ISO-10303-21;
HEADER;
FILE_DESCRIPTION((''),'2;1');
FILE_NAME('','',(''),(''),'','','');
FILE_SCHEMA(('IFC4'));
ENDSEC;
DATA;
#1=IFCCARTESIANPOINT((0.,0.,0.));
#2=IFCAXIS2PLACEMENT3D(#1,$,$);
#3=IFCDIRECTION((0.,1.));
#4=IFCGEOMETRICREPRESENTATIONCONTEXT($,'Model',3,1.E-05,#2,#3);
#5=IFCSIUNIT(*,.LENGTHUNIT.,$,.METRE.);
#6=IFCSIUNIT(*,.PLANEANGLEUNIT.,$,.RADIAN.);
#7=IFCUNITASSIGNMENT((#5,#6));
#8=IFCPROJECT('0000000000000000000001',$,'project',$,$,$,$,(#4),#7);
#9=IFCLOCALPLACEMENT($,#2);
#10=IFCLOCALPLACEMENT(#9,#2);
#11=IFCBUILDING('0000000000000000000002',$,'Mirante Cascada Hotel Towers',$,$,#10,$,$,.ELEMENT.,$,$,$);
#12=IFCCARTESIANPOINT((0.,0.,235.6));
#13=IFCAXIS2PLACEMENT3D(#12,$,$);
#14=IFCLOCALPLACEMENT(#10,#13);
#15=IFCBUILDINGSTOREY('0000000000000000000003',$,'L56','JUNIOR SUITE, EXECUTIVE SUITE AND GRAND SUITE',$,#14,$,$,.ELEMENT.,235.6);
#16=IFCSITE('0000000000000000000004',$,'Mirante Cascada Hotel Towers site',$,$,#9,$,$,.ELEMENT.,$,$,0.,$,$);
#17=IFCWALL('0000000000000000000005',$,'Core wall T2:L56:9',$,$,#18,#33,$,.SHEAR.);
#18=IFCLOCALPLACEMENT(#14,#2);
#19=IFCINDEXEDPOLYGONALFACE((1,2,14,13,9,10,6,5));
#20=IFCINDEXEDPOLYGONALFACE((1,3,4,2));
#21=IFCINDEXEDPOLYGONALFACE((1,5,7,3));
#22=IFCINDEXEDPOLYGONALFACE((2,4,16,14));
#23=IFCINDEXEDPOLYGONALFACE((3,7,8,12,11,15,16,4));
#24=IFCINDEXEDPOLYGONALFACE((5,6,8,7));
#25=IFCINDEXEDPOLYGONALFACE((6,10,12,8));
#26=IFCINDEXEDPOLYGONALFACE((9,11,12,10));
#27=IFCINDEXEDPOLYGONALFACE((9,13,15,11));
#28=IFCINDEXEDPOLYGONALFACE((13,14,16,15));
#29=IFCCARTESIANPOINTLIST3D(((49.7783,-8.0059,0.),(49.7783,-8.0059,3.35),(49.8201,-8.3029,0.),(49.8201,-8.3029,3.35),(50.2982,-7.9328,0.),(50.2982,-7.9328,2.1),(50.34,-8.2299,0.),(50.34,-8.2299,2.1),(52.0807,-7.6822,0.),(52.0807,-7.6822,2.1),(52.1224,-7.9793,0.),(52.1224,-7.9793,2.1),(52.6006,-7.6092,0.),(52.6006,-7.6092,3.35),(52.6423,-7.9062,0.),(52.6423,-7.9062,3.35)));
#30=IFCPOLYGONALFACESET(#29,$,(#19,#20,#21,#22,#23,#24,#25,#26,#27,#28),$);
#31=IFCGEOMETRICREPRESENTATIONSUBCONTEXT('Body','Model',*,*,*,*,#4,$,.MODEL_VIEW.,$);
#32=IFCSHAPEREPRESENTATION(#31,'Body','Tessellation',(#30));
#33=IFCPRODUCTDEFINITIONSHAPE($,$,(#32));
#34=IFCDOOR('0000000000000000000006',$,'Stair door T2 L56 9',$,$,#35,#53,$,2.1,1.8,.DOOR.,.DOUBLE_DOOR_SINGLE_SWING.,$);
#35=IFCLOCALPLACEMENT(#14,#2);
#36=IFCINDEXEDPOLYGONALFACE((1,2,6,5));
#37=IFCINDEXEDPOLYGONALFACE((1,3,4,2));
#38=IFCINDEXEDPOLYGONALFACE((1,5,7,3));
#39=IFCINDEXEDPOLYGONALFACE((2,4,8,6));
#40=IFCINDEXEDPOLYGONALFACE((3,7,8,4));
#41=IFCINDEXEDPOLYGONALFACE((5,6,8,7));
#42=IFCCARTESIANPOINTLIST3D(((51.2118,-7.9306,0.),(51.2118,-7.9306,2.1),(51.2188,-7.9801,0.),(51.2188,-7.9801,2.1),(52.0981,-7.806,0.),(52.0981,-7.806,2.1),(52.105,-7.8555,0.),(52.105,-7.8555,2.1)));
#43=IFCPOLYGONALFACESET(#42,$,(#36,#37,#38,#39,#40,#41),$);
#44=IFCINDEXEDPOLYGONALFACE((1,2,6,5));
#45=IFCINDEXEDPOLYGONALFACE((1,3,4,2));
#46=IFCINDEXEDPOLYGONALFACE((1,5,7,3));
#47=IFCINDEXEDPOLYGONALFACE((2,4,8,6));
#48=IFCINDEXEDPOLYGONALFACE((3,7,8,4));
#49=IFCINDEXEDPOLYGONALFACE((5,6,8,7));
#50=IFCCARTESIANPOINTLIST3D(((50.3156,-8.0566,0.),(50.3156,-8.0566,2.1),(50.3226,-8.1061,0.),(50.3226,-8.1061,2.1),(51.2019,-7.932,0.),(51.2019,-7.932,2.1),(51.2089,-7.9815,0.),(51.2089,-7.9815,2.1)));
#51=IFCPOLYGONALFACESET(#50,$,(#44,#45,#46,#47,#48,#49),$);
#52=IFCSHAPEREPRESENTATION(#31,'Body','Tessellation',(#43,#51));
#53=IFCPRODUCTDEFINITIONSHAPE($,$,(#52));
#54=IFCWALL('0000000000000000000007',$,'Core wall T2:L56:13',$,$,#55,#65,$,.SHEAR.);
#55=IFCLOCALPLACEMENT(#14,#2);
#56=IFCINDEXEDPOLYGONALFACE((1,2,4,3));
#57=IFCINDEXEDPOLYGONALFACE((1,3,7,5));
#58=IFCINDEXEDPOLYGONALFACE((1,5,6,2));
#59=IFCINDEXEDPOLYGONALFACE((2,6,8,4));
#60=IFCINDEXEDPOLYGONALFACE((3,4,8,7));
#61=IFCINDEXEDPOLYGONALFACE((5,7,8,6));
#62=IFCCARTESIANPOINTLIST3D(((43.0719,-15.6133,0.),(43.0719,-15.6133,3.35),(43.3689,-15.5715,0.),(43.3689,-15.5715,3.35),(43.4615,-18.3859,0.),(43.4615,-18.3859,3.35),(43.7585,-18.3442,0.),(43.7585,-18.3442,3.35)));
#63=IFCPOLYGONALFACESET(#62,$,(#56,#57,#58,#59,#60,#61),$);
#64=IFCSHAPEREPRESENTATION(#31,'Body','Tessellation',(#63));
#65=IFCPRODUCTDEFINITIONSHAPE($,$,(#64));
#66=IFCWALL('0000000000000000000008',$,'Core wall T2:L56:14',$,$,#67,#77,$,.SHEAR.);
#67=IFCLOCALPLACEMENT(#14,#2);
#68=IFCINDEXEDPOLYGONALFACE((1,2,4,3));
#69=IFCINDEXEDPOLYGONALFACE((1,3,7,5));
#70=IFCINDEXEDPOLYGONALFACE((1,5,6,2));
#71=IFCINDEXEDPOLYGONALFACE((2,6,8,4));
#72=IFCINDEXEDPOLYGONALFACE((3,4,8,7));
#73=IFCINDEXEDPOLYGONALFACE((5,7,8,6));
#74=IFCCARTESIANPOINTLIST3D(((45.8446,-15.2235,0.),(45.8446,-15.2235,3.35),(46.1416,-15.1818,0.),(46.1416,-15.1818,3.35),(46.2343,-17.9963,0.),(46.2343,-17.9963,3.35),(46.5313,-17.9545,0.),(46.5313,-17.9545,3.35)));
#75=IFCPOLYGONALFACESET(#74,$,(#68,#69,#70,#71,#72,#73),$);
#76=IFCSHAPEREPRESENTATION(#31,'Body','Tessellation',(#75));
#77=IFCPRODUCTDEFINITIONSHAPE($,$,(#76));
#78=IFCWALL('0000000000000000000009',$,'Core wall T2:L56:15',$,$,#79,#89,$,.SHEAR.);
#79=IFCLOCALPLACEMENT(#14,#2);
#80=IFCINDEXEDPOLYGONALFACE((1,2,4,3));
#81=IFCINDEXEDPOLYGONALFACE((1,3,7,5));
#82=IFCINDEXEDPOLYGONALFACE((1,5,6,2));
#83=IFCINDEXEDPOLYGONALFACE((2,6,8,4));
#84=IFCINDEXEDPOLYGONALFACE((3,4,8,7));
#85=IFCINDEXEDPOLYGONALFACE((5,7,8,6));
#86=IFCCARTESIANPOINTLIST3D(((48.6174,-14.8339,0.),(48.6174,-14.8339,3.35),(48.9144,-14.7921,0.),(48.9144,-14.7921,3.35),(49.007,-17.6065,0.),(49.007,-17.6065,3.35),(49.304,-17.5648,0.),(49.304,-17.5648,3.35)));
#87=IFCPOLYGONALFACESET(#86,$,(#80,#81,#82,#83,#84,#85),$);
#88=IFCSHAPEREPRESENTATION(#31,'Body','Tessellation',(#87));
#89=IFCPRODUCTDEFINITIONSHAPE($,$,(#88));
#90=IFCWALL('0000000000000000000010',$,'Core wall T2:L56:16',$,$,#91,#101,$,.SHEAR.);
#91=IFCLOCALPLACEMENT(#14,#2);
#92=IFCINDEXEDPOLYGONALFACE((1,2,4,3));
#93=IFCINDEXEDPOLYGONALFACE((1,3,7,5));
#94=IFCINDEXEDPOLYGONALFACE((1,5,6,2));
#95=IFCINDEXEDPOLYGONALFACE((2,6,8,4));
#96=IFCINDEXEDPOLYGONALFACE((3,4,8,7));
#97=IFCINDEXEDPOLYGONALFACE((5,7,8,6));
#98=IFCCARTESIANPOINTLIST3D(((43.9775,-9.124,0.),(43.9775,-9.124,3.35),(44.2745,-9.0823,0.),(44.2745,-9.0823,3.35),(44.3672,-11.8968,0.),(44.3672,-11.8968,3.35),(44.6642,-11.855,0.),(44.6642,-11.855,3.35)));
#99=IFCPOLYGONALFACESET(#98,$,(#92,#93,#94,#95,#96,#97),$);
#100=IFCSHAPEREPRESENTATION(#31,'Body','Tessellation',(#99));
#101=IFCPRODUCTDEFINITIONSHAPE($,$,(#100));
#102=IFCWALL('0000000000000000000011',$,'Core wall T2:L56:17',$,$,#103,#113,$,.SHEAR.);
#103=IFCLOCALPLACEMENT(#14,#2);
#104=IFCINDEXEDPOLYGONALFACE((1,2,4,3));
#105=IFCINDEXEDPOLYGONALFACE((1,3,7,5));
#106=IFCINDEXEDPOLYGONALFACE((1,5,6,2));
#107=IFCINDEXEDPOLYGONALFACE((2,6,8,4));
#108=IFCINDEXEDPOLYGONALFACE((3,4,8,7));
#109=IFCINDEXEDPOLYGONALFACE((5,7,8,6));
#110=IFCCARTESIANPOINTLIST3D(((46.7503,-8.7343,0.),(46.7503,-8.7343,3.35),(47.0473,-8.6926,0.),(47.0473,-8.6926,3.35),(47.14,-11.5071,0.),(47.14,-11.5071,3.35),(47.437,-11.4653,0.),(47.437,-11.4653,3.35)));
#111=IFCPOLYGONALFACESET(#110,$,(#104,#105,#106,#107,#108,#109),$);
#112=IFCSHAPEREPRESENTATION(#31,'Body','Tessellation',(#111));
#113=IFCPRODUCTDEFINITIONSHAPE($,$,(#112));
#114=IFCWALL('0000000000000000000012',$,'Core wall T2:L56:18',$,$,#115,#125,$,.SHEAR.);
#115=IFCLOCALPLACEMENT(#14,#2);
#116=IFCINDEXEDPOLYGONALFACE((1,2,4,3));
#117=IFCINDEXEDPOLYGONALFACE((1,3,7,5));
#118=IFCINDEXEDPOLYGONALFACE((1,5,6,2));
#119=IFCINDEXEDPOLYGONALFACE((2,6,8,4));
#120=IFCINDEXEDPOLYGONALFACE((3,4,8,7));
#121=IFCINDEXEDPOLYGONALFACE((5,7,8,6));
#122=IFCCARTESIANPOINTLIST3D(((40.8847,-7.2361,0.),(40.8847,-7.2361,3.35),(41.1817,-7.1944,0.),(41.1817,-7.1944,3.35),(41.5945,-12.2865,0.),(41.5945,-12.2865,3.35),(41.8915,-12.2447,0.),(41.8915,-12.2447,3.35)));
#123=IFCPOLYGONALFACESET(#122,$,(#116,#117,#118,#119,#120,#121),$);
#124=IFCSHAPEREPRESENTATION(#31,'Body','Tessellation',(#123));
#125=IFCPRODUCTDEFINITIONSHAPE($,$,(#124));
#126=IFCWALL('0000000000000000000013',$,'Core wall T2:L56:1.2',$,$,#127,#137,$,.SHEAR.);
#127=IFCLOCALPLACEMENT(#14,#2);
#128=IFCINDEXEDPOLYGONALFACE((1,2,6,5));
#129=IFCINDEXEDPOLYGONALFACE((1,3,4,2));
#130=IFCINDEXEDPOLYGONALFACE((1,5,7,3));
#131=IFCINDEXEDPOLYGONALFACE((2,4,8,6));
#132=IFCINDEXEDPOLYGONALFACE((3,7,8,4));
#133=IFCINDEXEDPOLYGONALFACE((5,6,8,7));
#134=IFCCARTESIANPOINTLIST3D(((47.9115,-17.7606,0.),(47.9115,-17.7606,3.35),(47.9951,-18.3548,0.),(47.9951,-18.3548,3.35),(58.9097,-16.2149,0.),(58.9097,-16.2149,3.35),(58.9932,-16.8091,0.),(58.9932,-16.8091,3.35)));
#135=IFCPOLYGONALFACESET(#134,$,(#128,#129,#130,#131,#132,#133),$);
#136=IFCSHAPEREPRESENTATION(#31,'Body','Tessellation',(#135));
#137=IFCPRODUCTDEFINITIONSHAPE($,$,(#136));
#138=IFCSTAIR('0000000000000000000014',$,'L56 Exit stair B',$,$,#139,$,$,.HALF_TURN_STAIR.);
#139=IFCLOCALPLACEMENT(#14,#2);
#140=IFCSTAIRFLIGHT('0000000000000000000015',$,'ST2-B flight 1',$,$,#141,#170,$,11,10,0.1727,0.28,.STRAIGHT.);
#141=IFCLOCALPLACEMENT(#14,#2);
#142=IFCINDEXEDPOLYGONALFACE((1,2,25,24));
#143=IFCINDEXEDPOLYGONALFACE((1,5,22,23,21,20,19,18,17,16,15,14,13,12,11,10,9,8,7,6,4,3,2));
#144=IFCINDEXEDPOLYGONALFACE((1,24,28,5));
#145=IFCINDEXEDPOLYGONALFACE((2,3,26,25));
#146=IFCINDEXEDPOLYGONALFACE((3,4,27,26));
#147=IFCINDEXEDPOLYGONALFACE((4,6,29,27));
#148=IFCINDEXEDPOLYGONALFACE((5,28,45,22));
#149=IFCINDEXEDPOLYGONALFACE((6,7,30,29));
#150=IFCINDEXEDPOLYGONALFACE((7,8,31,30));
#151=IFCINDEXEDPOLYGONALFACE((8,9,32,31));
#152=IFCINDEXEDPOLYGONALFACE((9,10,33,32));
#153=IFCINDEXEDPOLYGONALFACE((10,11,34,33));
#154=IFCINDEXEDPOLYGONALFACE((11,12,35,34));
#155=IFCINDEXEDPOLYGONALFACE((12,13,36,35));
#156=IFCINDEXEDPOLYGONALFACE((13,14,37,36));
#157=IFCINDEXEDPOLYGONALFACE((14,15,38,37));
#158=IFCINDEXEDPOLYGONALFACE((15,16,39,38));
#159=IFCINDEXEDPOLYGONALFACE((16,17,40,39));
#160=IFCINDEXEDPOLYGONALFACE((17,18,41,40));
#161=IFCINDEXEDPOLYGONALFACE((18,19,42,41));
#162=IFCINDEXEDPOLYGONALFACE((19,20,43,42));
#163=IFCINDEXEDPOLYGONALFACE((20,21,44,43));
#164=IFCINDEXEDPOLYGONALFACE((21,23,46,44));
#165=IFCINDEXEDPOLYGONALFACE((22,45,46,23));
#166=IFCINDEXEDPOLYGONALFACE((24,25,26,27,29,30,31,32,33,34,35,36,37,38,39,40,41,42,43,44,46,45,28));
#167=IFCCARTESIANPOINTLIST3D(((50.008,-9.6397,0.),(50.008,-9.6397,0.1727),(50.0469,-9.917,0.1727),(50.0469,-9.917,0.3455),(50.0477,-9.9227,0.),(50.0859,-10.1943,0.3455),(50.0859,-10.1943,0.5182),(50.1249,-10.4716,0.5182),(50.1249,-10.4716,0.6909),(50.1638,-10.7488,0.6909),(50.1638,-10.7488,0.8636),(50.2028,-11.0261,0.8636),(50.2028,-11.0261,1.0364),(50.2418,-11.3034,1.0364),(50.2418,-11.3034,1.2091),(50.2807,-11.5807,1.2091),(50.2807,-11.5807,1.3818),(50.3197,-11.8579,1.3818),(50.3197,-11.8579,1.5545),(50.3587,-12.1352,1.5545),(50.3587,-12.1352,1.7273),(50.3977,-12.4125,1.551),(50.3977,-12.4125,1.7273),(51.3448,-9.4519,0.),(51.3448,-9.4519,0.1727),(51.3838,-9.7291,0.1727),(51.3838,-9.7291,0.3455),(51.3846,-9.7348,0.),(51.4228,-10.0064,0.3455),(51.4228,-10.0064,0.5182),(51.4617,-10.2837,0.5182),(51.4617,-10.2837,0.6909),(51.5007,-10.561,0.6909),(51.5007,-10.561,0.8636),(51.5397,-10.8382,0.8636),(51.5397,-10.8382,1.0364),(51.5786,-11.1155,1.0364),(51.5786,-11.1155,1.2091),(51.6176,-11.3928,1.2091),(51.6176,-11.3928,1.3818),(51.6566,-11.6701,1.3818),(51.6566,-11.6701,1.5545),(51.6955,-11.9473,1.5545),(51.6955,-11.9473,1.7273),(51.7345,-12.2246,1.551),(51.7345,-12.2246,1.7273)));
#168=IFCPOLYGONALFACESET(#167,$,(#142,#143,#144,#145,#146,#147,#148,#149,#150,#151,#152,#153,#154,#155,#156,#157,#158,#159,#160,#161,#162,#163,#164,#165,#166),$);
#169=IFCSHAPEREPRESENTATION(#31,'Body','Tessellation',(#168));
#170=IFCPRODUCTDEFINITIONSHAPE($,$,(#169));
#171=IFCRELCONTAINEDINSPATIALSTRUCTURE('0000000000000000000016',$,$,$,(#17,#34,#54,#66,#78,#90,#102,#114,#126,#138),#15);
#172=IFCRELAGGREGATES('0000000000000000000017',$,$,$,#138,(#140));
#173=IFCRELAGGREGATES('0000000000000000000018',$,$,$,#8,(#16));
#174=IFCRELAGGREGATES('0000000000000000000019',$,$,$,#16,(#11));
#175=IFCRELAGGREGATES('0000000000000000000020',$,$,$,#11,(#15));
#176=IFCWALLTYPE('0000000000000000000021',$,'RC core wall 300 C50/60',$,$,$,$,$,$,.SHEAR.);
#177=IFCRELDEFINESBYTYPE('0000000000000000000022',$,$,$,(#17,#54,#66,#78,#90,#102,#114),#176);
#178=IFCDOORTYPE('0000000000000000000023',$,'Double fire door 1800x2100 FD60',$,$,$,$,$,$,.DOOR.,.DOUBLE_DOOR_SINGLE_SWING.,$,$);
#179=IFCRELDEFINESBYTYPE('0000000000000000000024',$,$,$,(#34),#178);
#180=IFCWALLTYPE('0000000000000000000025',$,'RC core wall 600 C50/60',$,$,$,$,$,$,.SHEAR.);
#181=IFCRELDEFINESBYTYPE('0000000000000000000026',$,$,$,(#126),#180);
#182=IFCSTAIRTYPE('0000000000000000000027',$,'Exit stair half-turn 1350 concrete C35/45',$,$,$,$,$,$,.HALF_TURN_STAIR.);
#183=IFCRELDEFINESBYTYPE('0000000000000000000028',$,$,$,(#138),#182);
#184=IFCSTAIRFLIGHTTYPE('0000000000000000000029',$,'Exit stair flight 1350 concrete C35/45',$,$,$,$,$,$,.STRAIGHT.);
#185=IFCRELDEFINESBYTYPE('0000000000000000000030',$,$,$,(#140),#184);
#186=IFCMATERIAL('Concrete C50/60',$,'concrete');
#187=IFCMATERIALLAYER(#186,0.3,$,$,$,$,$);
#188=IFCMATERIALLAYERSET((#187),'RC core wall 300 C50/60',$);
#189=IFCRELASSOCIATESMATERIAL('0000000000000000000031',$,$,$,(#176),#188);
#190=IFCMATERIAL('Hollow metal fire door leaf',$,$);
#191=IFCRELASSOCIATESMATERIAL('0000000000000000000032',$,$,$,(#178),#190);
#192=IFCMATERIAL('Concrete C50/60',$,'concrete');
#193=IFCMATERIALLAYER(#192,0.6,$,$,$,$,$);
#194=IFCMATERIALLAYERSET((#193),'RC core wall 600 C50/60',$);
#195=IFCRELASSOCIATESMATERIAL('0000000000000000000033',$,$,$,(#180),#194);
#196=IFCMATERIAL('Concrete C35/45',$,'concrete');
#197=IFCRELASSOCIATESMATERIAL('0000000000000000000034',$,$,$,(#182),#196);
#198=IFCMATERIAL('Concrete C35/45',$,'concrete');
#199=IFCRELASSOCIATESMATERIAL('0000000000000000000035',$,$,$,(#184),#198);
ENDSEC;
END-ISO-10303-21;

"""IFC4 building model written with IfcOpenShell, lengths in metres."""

from ifc_helpers import new_model, si_unit, direction, frame, frame_2d, origin, place, context, subcontext, project, spatial, polyline, rectangle, outline, extrude, material, layer, layer_set, type_object, element, fill, aggregate, save


model = new_model("IFC4")

# Units and contexts
model_context = context("Model", 3, precision=1e-05, world=origin(), true_north=direction((0.0, 1.0)))
body_context = subcontext(model_context, "Body", "Model", "MODEL_VIEW")
ifc_project = project(units=[si_unit("LENGTHUNIT", "METRE"), si_unit("PLANEANGLEUNIT", "RADIAN")], contexts=[model_context])

# Site, building, storey
site_placement = place(None, origin())
site = spatial("IfcSite", under=ifc_project, at=site_placement, Name="Mirante Cascada Hotel Towers site", CompositionType="ELEMENT", RefElevation=0.0)
building_placement = place(site_placement, origin())
building = spatial("IfcBuilding", under=site, at=building_placement, Name="Mirante Cascada Hotel Towers", CompositionType="ELEMENT")
storey_placement = place(building_placement, frame((0.0, 0.0, 235.6)))
storey = spatial("IfcBuildingStorey", under=building, at=storey_placement, Name="L56", Description="JUNIOR SUITE, EXECUTIVE SUITE AND GRAND SUITE", CompositionType="ELEMENT", Elevation=235.6)

# Shared definitions
ifc_material_1 = material(Name="Concrete C50/60", Category="concrete")
ifc_layer_1 = layer(ifc_material_1, 0.3)
ifc_layer_set_1 = layer_set([ifc_layer_1], Name="RC core wall 300 C50/60")
wall_type_1 = type_object("IfcWallType", Name="RC core wall 300 C50/60", PredefinedType="SHEAR", material=ifc_layer_set_1)

# Wall, opening, door
wall_1_placement = place(storey_placement, frame((49.7992, -8.1544, 0.0), z_axis=(0.0, 0.0, 1.0), x_axis=(0.990266, 0.139191, 0.0)))
wall_1 = element("IfcWall", 1, at=wall_1_placement, inside=storey, type_object=wall_type_1, Name="Core wall T2:L56:9", PredefinedType="SHEAR", context=body_context, shape_type="SweptSolid", body=[
    extrude(rectangle(XDim=2.85, YDim=0.3, at=frame_2d((1.425, 0.0))), origin(), (0.0, 0.0, 1.0), 3.35),
])
opening_1_placement = place(wall_1_placement, frame((0.525, 0.0, 0.0)))
opening_1 = element("IfcOpeningElement", 2, at=opening_1_placement, cuts=wall_1, PredefinedType="OPENING", context=body_context, shape_type="SweptSolid", body=[
    extrude(rectangle(XDim=1.8, YDim=2.1, at=frame_2d((0.9, 1.05))), frame((0.0, 0.15, 0.0), z_axis=(0.0, -1.0, 0.0), x_axis=(1.0, 0.0, 0.0)), (0.0, 0.0, 1.0), 0.3),
])
ifc_material_2 = material(Name="Hollow metal fire door leaf")
door_type_1 = type_object("IfcDoorType", Name="Double fire door 1800x2100 FD60", OperationType="DOUBLE_DOOR_SINGLE_SWING", PredefinedType="DOOR", material=ifc_material_2)
door_1_placement = place(opening_1_placement, frame((1.8, 0.0, 0.0), z_axis=(0.0, 0.0, 1.0), x_axis=(-1.0, 0.0, 0.0)))
door_1 = element("IfcDoor", 3, at=door_1_placement, inside=storey, type_object=door_type_1, Name="Stair door T2 L56 9", OperationType="DOUBLE_DOOR_SINGLE_SWING", OverallHeight=2.1, OverallWidth=1.8, PredefinedType="DOOR", context=body_context, shape_type="SweptSolid", body=[
    extrude(rectangle(XDim=0.895, YDim=2.1, at=frame_2d((0.4475, 1.05))), frame((0.0, 0.025, 0.0), z_axis=(0.0, -1.0, 0.0), x_axis=(1.0, 0.0, 0.0)), (0.0, 0.0, 1.0), 0.05),
    extrude(rectangle(XDim=0.895, YDim=2.1, at=frame_2d((1.3525, 1.05))), frame((0.0, 0.025, 0.0), z_axis=(0.0, -1.0, 0.0), x_axis=(1.0, 0.0, 0.0)), (0.0, 0.0, 1.0), 0.05),
])
fill(opening_1, door_1)

# Walls
wall_2_placement = place(storey_placement, frame((43.61, -18.3651, 0.0), z_axis=(0.0, 0.0, 1.0), x_axis=(-0.139146, 0.990272, 0.0)))
element("IfcWall", 4, at=wall_2_placement, inside=storey, type_object=wall_type_1, Name="Core wall T2:L56:13", PredefinedType="SHEAR", context=body_context, shape_type="SweptSolid", body=[
    extrude(rectangle(XDim=2.7999, YDim=0.3, at=frame_2d((1.4, 0.0))), origin(), (0.0, 0.0, 1.0), 3.35),
])
wall_3_placement = place(storey_placement, frame((46.3828, -17.9754, 0.0), z_axis=(0.0, 0.0, 1.0), x_axis=(-0.139181, 0.990267, 0.0)))
element("IfcWall", 5, at=wall_3_placement, inside=storey, type_object=wall_type_1, Name="Core wall T2:L56:14", PredefinedType="SHEAR", context=body_context, shape_type="SweptSolid", body=[
    extrude(rectangle(XDim=2.8, YDim=0.3, at=frame_2d((1.4, 0.0))), origin(), (0.0, 0.0, 1.0), 3.35),
])
wall_4_placement = place(storey_placement, frame((49.1555, -17.5857, 0.0), z_axis=(0.0, 0.0, 1.0), x_axis=(-0.139146, 0.990272, 0.0)))
element("IfcWall", 6, at=wall_4_placement, inside=storey, type_object=wall_type_1, Name="Core wall T2:L56:15", PredefinedType="SHEAR", context=body_context, shape_type="SweptSolid", body=[
    extrude(rectangle(XDim=2.7999, YDim=0.3, at=frame_2d((1.4, 0.0))), origin(), (0.0, 0.0, 1.0), 3.35),
])
for number, where, z_axis, x_axis, name in (
    (7, (44.5157, -11.8759, 0.0), (0.0, 0.0, 1.0), (-0.139181, 0.990267, 0.0), "Core wall T2:L56:16"),
    (8, (47.2885, -11.4862, 0.0), (0.0, 0.0, 1.0), (-0.139181, 0.990267, 0.0), "Core wall T2:L56:17"),
):
    element("IfcWall", number, at=place(storey_placement, frame(where, z_axis=z_axis, x_axis=x_axis)), inside=storey, type_object=wall_type_1, Name=name, PredefinedType="SHEAR", context=body_context, shape_type="SweptSolid", body=[
        extrude(rectangle(XDim=2.8, YDim=0.3, at=frame_2d((1.4, 0.0))), origin(), (0.0, 0.0, 1.0), 3.35),
    ])
wall_5_placement = place(storey_placement, frame((41.743, -12.2656, 0.0), z_axis=(0.0, 0.0, 1.0), x_axis=(-0.139176, 0.990268, 0.0)))
element("IfcWall", 9, at=wall_5_placement, inside=storey, type_object=wall_type_1, Name="Core wall T2:L56:18", PredefinedType="SHEAR", context=body_context, shape_type="SweptSolid", body=[
    extrude(rectangle(XDim=5.1, YDim=0.3, at=frame_2d((2.55, 0.0))), origin(), (0.0, 0.0, 1.0), 3.35),
])
ifc_material_3 = material(Name="Concrete C50/60", Category="concrete")
ifc_layer_2 = layer(ifc_material_3, 0.6)
ifc_layer_set_2 = layer_set([ifc_layer_2], Name="RC core wall 600 C50/60")
wall_type_2 = type_object("IfcWallType", Name="RC core wall 600 C50/60", PredefinedType="SHEAR", material=ifc_layer_set_2)
wall_6_placement = place(storey_placement, frame((47.9533, -18.0577, 0.0), z_axis=(0.0, 0.0, 1.0), x_axis=(0.990268, 0.139175, 0.0)))
element("IfcWall", 10, at=wall_6_placement, inside=storey, type_object=wall_type_2, Name="Core wall T2:L56:1.2", PredefinedType="SHEAR", context=body_context, shape_type="SweptSolid", body=[
    extrude(rectangle(XDim=11.1062, YDim=0.6, at=frame_2d((5.5531, 0.0))), origin(), (0.0, 0.0, 1.0), 3.35),
])

# Stair, stair flight
ifc_material_4 = material(Name="Concrete C35/45", Category="concrete")
stair_type = type_object("IfcStairType", Name="Exit stair half-turn 1350 concrete C35/45", PredefinedType="HALF_TURN_STAIR", material=ifc_material_4)
stair_placement = place(storey_placement, origin())
stair = element("IfcStair", 11, at=stair_placement, inside=storey, type_object=stair_type, Name="L56 Exit stair B", PredefinedType="HALF_TURN_STAIR")
ifc_material_5 = material(Name="Concrete C35/45", Category="concrete")
stair_flight_type = type_object("IfcStairFlightType", Name="Exit stair flight 1350 concrete C35/45", PredefinedType="STRAIGHT", material=ifc_material_5)
stair_flight_1_placement = place(storey_placement, frame((50.6764, -9.5458, 0.0), z_axis=(0.0, 0.0, 1.0), x_axis=(0.139173, -0.990268, 0.0)))
stair_flight_1 = element("IfcStairFlight", 12, at=stair_flight_1_placement, type_object=stair_flight_type, Name="ST2-B flight 1", NumberOfRisers=11, NumberOfTreads=10, PredefinedType="STRAIGHT", RiserHeight=0.1727, TreadLength=0.28, context=body_context, shape_type="SweptSolid", body=[
    extrude(outline(polyline([(0.0, 0.0), (0.0, 0.1727), (0.28, 0.1727), (0.28, 0.3455), (0.56, 0.3455), (0.56, 0.5182), (0.84, 0.5182), (0.84, 0.6909), (1.12, 0.6909), (1.12, 0.8636), (1.4, 0.8636), (1.4, 1.0364), (1.68, 1.0364), (1.68, 1.2091), (1.96, 1.2091), (1.96, 1.3818), (2.24, 1.3818), (2.24, 1.5545), (2.52, 1.5545), (2.52, 1.7273), (2.8, 1.7273), (2.8, 1.9), (2.8, 1.551), (0.2857, 0.0), (0.0, 0.0)])), frame((0.0, 0.675, 0.0), z_axis=(0.0, -1.0, 0.0), x_axis=(1.0, 0.0, 0.0)), (0.0, 0.0, 1.0), 1.35),
])
aggregate(stair, [stair_flight_1])

save(model, "model.ifc")
